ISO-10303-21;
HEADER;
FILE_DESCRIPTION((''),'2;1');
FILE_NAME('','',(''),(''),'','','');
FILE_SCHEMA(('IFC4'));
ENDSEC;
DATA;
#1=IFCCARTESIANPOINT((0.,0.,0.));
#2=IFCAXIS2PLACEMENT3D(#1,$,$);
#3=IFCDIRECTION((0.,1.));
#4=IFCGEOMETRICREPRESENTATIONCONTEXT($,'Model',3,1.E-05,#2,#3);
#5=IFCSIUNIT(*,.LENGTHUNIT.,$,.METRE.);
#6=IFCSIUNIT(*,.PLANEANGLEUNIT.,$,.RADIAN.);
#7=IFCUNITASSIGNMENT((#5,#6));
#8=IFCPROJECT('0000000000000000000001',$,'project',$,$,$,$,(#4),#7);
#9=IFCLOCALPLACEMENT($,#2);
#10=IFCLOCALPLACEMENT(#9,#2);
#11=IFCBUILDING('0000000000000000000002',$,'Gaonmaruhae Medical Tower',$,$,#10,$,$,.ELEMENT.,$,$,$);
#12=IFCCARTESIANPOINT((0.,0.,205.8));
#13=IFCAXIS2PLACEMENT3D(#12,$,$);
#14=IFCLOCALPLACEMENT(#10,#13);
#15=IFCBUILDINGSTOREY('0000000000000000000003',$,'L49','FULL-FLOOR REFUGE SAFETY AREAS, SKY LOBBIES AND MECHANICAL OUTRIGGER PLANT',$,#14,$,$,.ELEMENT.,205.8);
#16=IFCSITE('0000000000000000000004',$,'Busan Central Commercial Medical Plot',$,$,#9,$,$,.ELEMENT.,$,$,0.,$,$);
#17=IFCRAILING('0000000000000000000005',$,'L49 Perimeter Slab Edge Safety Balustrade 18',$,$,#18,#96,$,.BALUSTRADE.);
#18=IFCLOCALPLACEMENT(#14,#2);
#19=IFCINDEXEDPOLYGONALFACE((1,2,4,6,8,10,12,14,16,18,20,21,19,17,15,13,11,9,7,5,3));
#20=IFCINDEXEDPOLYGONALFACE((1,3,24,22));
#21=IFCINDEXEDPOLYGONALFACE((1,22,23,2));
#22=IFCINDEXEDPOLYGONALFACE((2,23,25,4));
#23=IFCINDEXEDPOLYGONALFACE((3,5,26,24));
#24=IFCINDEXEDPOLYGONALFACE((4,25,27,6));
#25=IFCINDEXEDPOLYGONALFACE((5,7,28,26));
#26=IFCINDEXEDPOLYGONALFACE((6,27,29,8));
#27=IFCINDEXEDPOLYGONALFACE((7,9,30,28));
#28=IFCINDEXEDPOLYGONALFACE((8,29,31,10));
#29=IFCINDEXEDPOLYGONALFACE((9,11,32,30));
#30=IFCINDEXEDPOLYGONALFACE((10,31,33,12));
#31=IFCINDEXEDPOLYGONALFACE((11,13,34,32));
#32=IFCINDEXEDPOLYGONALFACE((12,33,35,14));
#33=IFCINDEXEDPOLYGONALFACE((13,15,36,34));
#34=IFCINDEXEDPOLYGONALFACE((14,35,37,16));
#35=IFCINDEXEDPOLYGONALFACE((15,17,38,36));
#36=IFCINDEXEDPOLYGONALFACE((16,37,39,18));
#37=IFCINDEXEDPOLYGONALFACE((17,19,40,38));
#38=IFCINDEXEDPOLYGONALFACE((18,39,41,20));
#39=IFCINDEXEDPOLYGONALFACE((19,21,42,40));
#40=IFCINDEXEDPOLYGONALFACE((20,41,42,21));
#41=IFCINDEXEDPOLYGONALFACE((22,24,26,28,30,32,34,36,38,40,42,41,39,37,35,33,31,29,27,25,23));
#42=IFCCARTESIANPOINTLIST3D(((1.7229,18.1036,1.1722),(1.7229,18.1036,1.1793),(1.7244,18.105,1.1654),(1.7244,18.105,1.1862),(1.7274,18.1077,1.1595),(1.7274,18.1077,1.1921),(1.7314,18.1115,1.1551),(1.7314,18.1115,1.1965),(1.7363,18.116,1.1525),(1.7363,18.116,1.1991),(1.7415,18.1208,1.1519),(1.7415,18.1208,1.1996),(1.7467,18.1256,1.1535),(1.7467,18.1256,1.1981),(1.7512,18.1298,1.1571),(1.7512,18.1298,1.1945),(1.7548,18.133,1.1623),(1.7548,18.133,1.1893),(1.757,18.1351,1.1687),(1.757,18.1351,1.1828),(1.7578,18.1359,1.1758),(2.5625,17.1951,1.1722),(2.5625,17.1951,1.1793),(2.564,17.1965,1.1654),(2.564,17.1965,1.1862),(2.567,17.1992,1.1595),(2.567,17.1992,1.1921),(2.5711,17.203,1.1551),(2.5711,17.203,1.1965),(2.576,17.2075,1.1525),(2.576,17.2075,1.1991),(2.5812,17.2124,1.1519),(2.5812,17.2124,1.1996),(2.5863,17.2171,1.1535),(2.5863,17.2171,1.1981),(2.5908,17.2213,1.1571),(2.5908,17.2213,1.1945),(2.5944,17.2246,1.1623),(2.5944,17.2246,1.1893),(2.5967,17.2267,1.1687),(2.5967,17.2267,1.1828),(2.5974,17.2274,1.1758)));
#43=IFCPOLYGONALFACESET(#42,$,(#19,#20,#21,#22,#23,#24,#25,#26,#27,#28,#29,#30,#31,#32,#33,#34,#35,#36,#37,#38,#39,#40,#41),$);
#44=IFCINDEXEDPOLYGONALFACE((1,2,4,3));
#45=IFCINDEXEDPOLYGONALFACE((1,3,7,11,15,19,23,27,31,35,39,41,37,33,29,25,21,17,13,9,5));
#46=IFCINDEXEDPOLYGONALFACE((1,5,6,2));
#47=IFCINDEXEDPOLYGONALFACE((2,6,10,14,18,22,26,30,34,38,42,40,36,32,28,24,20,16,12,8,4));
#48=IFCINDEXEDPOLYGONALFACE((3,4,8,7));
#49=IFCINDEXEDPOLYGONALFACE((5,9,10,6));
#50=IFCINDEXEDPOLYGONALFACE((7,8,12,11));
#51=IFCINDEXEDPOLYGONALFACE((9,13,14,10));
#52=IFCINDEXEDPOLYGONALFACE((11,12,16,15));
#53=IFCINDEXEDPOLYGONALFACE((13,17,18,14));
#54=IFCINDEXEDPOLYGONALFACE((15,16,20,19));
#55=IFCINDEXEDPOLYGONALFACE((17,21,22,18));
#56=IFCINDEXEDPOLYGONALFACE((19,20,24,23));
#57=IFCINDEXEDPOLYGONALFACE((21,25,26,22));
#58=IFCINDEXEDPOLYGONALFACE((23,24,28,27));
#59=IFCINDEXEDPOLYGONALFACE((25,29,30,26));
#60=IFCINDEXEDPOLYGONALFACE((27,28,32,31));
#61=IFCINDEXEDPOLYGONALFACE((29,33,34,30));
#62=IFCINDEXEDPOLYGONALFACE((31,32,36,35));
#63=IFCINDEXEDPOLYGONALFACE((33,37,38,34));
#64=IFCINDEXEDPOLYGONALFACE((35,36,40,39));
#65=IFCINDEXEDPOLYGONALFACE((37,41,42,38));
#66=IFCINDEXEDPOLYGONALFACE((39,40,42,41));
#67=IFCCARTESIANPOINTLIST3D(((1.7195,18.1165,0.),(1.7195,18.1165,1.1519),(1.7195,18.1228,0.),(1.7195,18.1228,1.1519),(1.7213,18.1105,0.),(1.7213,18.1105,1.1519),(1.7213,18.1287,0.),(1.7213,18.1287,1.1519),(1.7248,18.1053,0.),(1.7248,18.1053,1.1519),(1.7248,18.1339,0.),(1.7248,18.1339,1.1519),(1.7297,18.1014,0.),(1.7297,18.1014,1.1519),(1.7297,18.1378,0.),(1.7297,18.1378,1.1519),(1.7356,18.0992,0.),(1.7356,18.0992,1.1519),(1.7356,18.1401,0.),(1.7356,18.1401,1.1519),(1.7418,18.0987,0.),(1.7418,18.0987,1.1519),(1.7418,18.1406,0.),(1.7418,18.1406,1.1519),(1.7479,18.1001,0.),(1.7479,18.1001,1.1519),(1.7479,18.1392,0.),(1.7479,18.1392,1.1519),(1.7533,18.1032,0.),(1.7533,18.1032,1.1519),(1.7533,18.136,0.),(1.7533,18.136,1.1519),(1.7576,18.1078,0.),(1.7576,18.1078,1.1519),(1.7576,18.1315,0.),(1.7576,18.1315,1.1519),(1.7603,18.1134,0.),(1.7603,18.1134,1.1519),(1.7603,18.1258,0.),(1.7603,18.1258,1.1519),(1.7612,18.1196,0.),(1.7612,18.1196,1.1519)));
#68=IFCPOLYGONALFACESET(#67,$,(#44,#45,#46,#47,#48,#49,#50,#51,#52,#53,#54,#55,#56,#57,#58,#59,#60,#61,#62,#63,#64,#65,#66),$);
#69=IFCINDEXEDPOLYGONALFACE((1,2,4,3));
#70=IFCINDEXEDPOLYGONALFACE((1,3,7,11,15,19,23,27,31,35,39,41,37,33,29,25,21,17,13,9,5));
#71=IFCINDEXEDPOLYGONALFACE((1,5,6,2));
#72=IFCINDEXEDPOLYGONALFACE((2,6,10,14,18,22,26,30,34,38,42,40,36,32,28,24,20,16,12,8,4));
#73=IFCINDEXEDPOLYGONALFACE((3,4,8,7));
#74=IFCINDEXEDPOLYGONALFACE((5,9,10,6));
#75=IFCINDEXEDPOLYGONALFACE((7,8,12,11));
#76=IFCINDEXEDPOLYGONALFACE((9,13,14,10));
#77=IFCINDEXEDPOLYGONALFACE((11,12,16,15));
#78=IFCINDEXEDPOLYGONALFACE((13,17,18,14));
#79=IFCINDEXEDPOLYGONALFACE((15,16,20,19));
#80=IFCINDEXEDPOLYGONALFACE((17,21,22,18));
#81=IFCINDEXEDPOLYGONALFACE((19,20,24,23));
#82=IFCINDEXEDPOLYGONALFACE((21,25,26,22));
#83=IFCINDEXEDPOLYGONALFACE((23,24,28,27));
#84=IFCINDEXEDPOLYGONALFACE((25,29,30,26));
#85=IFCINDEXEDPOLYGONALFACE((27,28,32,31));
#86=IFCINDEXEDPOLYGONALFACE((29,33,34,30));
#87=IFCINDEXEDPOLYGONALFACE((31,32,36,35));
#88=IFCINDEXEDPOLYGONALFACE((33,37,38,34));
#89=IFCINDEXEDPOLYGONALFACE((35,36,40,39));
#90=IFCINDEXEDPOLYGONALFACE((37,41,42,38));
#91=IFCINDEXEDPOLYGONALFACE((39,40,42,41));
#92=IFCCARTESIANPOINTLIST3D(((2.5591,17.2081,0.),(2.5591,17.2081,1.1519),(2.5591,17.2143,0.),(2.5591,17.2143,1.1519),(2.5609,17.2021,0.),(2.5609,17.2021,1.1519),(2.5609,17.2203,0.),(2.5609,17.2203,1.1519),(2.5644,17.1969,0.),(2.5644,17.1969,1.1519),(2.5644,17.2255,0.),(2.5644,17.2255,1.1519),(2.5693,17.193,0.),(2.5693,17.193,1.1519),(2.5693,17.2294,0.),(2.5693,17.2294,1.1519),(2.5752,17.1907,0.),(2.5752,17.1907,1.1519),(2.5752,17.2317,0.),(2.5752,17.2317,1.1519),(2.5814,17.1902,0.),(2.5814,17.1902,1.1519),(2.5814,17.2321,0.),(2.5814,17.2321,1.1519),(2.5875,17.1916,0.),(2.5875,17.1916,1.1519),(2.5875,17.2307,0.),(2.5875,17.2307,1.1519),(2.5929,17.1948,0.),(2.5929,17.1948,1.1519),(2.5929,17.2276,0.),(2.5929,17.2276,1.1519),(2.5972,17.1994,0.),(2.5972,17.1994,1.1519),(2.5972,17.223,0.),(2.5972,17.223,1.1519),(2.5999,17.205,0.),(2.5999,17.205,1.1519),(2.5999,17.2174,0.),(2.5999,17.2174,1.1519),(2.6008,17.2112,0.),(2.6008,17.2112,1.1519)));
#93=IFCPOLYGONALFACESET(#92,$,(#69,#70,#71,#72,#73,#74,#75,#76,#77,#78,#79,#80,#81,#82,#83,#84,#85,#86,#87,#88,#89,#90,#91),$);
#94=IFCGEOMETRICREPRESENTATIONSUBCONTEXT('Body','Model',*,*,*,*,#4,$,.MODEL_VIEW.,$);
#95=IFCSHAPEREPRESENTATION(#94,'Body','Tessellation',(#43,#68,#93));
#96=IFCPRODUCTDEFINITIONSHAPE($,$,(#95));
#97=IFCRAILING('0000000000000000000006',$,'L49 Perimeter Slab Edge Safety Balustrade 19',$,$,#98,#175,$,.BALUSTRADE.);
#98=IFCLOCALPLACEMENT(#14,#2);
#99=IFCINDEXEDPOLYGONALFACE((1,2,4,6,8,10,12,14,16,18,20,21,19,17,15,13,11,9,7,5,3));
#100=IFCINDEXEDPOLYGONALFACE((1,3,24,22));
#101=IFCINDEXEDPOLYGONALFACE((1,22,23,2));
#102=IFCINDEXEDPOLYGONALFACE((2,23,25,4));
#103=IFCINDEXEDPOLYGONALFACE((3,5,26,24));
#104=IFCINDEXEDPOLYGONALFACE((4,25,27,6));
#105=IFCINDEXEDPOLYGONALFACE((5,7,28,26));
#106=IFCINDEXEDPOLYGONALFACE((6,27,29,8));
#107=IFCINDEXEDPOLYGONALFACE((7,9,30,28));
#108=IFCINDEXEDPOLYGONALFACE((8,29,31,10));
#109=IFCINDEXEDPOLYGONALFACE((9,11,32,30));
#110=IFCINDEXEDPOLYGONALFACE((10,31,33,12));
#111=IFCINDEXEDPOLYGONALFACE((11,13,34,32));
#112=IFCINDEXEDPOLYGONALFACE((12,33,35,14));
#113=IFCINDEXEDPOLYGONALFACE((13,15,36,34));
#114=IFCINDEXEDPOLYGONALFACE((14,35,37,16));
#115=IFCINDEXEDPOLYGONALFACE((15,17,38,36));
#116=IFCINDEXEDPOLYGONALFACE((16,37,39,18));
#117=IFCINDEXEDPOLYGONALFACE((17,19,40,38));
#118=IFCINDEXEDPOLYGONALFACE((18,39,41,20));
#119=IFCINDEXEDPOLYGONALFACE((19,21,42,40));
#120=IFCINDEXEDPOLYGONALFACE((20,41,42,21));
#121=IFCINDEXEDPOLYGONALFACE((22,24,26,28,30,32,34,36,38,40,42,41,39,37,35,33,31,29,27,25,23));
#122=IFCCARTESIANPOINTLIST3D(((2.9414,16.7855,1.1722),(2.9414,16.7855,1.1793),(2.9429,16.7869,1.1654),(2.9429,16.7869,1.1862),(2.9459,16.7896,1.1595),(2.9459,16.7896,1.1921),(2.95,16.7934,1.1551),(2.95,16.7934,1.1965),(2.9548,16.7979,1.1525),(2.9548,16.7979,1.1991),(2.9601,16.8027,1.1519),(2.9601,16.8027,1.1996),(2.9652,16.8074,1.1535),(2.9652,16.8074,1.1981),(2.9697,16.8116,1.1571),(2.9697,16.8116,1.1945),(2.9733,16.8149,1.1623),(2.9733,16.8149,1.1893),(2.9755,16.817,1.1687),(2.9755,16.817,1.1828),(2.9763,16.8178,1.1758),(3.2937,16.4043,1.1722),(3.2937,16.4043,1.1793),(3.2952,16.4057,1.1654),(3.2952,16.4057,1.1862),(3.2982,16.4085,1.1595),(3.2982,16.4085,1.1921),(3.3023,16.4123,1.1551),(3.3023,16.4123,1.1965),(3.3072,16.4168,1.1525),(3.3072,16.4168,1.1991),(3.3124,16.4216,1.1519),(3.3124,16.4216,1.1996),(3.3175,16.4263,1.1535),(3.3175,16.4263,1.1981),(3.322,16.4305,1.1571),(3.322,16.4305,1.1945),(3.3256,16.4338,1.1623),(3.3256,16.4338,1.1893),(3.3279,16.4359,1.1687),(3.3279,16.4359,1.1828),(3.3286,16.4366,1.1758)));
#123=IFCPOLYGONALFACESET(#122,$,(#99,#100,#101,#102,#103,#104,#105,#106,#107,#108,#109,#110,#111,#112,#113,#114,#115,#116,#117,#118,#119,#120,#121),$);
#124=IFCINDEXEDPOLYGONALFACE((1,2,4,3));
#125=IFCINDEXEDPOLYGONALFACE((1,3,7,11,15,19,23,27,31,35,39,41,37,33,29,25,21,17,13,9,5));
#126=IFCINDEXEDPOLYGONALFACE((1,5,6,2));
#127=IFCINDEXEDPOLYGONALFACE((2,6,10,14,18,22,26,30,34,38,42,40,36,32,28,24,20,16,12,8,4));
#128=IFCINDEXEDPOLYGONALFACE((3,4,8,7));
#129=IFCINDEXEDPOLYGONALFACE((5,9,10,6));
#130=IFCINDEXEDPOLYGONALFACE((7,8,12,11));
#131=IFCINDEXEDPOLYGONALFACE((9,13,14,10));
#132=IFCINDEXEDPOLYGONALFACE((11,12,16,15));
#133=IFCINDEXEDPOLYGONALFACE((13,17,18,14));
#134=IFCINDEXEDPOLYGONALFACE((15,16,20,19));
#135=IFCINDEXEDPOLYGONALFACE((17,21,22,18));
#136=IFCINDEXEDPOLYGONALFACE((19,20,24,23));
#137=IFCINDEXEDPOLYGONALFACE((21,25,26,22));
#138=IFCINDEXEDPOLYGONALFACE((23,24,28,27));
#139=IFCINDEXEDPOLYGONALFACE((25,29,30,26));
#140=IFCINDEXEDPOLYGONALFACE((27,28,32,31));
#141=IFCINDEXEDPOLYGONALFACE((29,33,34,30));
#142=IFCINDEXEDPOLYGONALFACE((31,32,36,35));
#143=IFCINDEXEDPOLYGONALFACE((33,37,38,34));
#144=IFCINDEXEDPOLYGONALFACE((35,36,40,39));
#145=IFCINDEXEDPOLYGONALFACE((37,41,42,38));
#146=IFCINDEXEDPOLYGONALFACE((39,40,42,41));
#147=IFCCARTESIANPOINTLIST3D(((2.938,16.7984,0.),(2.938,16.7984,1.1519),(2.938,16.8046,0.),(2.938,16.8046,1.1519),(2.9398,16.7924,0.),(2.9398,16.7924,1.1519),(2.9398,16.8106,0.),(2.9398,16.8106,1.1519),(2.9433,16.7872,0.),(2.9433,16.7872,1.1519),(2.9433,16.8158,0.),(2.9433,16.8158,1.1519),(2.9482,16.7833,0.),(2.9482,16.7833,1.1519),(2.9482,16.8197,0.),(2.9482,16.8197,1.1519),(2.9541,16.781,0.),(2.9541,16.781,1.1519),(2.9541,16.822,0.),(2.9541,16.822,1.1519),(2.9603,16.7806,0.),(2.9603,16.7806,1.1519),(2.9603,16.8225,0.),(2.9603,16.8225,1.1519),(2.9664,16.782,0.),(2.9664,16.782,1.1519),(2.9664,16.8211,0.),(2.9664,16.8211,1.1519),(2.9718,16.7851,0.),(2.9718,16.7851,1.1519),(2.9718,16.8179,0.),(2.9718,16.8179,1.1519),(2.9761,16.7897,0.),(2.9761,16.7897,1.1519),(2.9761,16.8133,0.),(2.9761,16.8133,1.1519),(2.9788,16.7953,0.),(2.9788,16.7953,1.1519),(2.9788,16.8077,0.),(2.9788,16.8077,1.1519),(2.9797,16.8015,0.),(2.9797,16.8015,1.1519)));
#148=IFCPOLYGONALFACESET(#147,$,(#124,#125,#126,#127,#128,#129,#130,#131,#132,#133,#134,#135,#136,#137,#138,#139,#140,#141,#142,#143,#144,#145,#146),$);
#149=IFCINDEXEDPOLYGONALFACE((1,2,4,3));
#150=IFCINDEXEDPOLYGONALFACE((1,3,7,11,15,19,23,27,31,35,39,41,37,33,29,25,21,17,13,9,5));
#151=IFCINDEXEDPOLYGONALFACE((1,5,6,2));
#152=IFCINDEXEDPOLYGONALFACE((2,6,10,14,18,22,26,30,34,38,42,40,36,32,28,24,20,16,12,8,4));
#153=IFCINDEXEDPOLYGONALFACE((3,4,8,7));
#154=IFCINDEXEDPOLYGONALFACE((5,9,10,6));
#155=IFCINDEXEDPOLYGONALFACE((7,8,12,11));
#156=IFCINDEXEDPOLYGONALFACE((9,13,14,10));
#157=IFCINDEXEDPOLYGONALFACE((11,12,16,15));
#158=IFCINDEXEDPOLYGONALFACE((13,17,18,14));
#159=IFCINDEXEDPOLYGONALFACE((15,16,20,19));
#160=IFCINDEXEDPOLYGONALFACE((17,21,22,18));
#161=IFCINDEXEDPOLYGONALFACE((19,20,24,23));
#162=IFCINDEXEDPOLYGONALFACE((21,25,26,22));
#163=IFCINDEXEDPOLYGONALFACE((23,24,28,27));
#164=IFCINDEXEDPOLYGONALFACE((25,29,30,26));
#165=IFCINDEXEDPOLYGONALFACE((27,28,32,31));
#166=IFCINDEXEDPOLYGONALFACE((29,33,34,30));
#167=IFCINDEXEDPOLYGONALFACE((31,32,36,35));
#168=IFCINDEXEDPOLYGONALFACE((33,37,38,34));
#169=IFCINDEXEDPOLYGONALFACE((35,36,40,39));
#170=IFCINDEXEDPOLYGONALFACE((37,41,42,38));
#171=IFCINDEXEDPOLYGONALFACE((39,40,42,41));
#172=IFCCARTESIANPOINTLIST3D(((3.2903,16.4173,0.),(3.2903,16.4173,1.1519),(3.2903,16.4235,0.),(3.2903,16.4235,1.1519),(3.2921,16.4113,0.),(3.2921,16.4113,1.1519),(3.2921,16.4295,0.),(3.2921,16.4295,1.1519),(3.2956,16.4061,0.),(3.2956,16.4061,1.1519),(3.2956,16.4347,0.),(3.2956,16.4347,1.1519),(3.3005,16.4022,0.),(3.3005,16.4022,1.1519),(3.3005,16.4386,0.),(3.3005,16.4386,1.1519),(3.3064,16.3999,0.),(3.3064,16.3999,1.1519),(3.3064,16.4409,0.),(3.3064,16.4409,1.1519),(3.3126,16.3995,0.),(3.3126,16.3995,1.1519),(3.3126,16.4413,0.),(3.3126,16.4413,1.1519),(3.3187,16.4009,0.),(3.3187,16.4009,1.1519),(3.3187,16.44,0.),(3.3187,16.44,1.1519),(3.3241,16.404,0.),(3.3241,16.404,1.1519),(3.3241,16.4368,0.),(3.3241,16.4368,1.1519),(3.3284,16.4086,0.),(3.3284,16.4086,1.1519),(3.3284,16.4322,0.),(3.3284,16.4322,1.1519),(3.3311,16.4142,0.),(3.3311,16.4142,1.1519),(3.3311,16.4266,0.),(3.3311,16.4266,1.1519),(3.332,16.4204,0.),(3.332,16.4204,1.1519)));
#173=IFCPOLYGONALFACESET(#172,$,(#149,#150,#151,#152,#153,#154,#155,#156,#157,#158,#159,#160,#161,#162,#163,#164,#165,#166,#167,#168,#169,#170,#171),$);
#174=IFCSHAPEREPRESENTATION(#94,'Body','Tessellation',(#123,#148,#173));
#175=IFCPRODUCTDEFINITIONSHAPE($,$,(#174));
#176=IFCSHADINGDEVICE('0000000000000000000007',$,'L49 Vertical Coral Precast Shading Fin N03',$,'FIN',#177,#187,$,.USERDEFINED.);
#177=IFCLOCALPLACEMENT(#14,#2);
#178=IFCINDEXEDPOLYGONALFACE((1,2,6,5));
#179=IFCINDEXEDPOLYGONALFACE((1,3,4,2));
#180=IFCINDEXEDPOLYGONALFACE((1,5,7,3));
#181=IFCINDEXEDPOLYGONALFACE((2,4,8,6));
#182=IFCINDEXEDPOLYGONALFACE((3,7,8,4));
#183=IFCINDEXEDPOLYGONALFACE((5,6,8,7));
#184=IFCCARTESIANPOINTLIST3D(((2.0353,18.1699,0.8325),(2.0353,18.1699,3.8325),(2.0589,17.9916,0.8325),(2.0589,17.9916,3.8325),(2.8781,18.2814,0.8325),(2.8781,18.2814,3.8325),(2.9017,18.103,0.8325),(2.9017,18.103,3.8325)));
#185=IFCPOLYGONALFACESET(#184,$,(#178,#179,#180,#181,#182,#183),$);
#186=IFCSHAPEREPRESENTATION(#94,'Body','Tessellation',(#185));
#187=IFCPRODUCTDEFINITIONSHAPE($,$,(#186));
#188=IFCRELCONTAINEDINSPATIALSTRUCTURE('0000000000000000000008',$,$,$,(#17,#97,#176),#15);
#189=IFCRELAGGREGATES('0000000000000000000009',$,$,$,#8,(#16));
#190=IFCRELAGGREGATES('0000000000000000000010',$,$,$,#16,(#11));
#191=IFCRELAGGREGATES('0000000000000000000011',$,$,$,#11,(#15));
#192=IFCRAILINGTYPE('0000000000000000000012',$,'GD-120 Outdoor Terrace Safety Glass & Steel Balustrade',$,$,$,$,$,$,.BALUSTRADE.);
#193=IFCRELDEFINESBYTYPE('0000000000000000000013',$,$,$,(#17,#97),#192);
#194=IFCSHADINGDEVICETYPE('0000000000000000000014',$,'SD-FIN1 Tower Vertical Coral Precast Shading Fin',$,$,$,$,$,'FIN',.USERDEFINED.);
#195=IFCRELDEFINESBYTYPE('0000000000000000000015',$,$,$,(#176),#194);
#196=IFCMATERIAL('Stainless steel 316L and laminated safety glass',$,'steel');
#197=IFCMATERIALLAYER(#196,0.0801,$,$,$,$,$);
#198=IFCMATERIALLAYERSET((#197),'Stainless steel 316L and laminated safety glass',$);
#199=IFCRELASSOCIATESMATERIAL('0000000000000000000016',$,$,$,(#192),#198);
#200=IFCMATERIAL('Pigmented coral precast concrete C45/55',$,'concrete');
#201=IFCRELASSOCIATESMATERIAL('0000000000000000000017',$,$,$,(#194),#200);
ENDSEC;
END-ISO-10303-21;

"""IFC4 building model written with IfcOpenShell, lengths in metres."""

from ifc_helpers import new_model, si_unit, direction, frame, origin, origin_2d, place, context, subcontext, project, spatial, rectangle, circle, extrude, material, layer, layer_set, type_object, element, save


model = new_model("IFC4")

# Units and contexts
model_context = context("Model", 3, precision=1e-05, world=origin(), true_north=direction((0.0, 1.0)))
body_context = subcontext(model_context, "Body", "Model", "MODEL_VIEW")
ifc_project = project(units=[si_unit("LENGTHUNIT", "METRE"), si_unit("PLANEANGLEUNIT", "RADIAN")], contexts=[model_context])

# Site, building, storey
site_placement = place(None, origin())
site = spatial("IfcSite", under=ifc_project, at=site_placement, Name="Busan Central Commercial Medical Plot", CompositionType="ELEMENT", RefElevation=0.0)
building_placement = place(site_placement, origin())
building = spatial("IfcBuilding", under=site, at=building_placement, Name="Gaonmaruhae Medical Tower", CompositionType="ELEMENT")
storey_placement = place(building_placement, frame((0.0, 0.0, 205.8)))
storey = spatial("IfcBuildingStorey", under=building, at=storey_placement, Name="L49", Description="FULL-FLOOR REFUGE SAFETY AREAS, SKY LOBBIES AND MECHANICAL OUTRIGGER PLANT", CompositionType="ELEMENT", Elevation=205.8)

# Railings
ifc_material_1 = material(Name="Stainless steel 316L and laminated safety glass", Category="steel")
ifc_layer_1 = layer(ifc_material_1, 0.0801)
ifc_layer_set_1 = layer_set([ifc_layer_1], Name="Stainless steel 316L and laminated safety glass")
railing_type = type_object("IfcRailingType", Name="GD-120 Outdoor Terrace Safety Glass & Steel Balustrade", PredefinedType="BALUSTRADE", material=ifc_layer_set_1)
railing_1_placement = place(storey_placement, frame((1.7402, 18.1196, 0.0)))
element("IfcRailing", 1, at=railing_1_placement, inside=storey, type_object=railing_type, Name="L49 Perimeter Slab Edge Safety Balustrade 18", PredefinedType="BALUSTRADE", context=body_context, shape_type="SweptSolid", body=[
    extrude(circle(Radius=0.0239, at=origin_2d()), frame((0.0, 0.0, 1.1758), z_axis=(0.678731, -0.734387, 0.0), x_axis=(0.734387, 0.678731, 0.0)), (0.0, 0.0, 1.0), 1.2371),
    extrude(circle(Radius=0.021, at=origin_2d()), origin(), (0.0, 0.0, 1.0), 1.1519),
    extrude(circle(Radius=0.021, at=origin_2d()), frame((0.8396, -0.9084, 0.0)), (0.0, 0.0, 1.0), 1.1519),
])
railing_2_placement = place(storey_placement, frame((2.9587, 16.8015, 0.0)))
element("IfcRailing", 2, at=railing_2_placement, inside=storey, type_object=railing_type, Name="L49 Perimeter Slab Edge Safety Balustrade 19", PredefinedType="BALUSTRADE", context=body_context, shape_type="SweptSolid", body=[
    extrude(circle(Radius=0.0239, at=origin_2d()), frame((0.0, 0.0, 1.1758), z_axis=(0.678807, -0.734316, 0.0), x_axis=(0.734316, 0.678807, 0.0)), (0.0, 0.0, 1.0), 0.519),
    extrude(circle(Radius=0.021, at=origin_2d()), origin(), (0.0, 0.0, 1.0), 1.1519),
    extrude(circle(Radius=0.021, at=origin_2d()), frame((0.3523, -0.3811, 0.0)), (0.0, 0.0, 1.0), 1.1519),
])

# Shading device
ifc_material_2 = material(Name="Pigmented coral precast concrete C45/55", Category="concrete")
shading_device_type = type_object("IfcShadingDeviceType", Name="SD-FIN1 Tower Vertical Coral Precast Shading Fin", ElementType="FIN", PredefinedType="USERDEFINED", material=ifc_material_2)
shading_device_placement = place(storey_placement, frame((2.4685, 18.1365, 0.8325), z_axis=(0.0, 0.0, 1.0), x_axis=(-0.13108, 0.991372, 0.0)))
element("IfcShadingDevice", 3, at=shading_device_placement, inside=storey, type_object=shading_device_type, Name="L49 Vertical Coral Precast Shading Fin N03", ObjectType="FIN", PredefinedType="USERDEFINED", context=body_context, shape_type="SweptSolid", body=[
    extrude(rectangle(XDim=0.1799, YDim=0.8501, at=origin_2d()), origin(), (0.0, 0.0, 1.0), 3.0),
])

save(model, "model.ifc")
